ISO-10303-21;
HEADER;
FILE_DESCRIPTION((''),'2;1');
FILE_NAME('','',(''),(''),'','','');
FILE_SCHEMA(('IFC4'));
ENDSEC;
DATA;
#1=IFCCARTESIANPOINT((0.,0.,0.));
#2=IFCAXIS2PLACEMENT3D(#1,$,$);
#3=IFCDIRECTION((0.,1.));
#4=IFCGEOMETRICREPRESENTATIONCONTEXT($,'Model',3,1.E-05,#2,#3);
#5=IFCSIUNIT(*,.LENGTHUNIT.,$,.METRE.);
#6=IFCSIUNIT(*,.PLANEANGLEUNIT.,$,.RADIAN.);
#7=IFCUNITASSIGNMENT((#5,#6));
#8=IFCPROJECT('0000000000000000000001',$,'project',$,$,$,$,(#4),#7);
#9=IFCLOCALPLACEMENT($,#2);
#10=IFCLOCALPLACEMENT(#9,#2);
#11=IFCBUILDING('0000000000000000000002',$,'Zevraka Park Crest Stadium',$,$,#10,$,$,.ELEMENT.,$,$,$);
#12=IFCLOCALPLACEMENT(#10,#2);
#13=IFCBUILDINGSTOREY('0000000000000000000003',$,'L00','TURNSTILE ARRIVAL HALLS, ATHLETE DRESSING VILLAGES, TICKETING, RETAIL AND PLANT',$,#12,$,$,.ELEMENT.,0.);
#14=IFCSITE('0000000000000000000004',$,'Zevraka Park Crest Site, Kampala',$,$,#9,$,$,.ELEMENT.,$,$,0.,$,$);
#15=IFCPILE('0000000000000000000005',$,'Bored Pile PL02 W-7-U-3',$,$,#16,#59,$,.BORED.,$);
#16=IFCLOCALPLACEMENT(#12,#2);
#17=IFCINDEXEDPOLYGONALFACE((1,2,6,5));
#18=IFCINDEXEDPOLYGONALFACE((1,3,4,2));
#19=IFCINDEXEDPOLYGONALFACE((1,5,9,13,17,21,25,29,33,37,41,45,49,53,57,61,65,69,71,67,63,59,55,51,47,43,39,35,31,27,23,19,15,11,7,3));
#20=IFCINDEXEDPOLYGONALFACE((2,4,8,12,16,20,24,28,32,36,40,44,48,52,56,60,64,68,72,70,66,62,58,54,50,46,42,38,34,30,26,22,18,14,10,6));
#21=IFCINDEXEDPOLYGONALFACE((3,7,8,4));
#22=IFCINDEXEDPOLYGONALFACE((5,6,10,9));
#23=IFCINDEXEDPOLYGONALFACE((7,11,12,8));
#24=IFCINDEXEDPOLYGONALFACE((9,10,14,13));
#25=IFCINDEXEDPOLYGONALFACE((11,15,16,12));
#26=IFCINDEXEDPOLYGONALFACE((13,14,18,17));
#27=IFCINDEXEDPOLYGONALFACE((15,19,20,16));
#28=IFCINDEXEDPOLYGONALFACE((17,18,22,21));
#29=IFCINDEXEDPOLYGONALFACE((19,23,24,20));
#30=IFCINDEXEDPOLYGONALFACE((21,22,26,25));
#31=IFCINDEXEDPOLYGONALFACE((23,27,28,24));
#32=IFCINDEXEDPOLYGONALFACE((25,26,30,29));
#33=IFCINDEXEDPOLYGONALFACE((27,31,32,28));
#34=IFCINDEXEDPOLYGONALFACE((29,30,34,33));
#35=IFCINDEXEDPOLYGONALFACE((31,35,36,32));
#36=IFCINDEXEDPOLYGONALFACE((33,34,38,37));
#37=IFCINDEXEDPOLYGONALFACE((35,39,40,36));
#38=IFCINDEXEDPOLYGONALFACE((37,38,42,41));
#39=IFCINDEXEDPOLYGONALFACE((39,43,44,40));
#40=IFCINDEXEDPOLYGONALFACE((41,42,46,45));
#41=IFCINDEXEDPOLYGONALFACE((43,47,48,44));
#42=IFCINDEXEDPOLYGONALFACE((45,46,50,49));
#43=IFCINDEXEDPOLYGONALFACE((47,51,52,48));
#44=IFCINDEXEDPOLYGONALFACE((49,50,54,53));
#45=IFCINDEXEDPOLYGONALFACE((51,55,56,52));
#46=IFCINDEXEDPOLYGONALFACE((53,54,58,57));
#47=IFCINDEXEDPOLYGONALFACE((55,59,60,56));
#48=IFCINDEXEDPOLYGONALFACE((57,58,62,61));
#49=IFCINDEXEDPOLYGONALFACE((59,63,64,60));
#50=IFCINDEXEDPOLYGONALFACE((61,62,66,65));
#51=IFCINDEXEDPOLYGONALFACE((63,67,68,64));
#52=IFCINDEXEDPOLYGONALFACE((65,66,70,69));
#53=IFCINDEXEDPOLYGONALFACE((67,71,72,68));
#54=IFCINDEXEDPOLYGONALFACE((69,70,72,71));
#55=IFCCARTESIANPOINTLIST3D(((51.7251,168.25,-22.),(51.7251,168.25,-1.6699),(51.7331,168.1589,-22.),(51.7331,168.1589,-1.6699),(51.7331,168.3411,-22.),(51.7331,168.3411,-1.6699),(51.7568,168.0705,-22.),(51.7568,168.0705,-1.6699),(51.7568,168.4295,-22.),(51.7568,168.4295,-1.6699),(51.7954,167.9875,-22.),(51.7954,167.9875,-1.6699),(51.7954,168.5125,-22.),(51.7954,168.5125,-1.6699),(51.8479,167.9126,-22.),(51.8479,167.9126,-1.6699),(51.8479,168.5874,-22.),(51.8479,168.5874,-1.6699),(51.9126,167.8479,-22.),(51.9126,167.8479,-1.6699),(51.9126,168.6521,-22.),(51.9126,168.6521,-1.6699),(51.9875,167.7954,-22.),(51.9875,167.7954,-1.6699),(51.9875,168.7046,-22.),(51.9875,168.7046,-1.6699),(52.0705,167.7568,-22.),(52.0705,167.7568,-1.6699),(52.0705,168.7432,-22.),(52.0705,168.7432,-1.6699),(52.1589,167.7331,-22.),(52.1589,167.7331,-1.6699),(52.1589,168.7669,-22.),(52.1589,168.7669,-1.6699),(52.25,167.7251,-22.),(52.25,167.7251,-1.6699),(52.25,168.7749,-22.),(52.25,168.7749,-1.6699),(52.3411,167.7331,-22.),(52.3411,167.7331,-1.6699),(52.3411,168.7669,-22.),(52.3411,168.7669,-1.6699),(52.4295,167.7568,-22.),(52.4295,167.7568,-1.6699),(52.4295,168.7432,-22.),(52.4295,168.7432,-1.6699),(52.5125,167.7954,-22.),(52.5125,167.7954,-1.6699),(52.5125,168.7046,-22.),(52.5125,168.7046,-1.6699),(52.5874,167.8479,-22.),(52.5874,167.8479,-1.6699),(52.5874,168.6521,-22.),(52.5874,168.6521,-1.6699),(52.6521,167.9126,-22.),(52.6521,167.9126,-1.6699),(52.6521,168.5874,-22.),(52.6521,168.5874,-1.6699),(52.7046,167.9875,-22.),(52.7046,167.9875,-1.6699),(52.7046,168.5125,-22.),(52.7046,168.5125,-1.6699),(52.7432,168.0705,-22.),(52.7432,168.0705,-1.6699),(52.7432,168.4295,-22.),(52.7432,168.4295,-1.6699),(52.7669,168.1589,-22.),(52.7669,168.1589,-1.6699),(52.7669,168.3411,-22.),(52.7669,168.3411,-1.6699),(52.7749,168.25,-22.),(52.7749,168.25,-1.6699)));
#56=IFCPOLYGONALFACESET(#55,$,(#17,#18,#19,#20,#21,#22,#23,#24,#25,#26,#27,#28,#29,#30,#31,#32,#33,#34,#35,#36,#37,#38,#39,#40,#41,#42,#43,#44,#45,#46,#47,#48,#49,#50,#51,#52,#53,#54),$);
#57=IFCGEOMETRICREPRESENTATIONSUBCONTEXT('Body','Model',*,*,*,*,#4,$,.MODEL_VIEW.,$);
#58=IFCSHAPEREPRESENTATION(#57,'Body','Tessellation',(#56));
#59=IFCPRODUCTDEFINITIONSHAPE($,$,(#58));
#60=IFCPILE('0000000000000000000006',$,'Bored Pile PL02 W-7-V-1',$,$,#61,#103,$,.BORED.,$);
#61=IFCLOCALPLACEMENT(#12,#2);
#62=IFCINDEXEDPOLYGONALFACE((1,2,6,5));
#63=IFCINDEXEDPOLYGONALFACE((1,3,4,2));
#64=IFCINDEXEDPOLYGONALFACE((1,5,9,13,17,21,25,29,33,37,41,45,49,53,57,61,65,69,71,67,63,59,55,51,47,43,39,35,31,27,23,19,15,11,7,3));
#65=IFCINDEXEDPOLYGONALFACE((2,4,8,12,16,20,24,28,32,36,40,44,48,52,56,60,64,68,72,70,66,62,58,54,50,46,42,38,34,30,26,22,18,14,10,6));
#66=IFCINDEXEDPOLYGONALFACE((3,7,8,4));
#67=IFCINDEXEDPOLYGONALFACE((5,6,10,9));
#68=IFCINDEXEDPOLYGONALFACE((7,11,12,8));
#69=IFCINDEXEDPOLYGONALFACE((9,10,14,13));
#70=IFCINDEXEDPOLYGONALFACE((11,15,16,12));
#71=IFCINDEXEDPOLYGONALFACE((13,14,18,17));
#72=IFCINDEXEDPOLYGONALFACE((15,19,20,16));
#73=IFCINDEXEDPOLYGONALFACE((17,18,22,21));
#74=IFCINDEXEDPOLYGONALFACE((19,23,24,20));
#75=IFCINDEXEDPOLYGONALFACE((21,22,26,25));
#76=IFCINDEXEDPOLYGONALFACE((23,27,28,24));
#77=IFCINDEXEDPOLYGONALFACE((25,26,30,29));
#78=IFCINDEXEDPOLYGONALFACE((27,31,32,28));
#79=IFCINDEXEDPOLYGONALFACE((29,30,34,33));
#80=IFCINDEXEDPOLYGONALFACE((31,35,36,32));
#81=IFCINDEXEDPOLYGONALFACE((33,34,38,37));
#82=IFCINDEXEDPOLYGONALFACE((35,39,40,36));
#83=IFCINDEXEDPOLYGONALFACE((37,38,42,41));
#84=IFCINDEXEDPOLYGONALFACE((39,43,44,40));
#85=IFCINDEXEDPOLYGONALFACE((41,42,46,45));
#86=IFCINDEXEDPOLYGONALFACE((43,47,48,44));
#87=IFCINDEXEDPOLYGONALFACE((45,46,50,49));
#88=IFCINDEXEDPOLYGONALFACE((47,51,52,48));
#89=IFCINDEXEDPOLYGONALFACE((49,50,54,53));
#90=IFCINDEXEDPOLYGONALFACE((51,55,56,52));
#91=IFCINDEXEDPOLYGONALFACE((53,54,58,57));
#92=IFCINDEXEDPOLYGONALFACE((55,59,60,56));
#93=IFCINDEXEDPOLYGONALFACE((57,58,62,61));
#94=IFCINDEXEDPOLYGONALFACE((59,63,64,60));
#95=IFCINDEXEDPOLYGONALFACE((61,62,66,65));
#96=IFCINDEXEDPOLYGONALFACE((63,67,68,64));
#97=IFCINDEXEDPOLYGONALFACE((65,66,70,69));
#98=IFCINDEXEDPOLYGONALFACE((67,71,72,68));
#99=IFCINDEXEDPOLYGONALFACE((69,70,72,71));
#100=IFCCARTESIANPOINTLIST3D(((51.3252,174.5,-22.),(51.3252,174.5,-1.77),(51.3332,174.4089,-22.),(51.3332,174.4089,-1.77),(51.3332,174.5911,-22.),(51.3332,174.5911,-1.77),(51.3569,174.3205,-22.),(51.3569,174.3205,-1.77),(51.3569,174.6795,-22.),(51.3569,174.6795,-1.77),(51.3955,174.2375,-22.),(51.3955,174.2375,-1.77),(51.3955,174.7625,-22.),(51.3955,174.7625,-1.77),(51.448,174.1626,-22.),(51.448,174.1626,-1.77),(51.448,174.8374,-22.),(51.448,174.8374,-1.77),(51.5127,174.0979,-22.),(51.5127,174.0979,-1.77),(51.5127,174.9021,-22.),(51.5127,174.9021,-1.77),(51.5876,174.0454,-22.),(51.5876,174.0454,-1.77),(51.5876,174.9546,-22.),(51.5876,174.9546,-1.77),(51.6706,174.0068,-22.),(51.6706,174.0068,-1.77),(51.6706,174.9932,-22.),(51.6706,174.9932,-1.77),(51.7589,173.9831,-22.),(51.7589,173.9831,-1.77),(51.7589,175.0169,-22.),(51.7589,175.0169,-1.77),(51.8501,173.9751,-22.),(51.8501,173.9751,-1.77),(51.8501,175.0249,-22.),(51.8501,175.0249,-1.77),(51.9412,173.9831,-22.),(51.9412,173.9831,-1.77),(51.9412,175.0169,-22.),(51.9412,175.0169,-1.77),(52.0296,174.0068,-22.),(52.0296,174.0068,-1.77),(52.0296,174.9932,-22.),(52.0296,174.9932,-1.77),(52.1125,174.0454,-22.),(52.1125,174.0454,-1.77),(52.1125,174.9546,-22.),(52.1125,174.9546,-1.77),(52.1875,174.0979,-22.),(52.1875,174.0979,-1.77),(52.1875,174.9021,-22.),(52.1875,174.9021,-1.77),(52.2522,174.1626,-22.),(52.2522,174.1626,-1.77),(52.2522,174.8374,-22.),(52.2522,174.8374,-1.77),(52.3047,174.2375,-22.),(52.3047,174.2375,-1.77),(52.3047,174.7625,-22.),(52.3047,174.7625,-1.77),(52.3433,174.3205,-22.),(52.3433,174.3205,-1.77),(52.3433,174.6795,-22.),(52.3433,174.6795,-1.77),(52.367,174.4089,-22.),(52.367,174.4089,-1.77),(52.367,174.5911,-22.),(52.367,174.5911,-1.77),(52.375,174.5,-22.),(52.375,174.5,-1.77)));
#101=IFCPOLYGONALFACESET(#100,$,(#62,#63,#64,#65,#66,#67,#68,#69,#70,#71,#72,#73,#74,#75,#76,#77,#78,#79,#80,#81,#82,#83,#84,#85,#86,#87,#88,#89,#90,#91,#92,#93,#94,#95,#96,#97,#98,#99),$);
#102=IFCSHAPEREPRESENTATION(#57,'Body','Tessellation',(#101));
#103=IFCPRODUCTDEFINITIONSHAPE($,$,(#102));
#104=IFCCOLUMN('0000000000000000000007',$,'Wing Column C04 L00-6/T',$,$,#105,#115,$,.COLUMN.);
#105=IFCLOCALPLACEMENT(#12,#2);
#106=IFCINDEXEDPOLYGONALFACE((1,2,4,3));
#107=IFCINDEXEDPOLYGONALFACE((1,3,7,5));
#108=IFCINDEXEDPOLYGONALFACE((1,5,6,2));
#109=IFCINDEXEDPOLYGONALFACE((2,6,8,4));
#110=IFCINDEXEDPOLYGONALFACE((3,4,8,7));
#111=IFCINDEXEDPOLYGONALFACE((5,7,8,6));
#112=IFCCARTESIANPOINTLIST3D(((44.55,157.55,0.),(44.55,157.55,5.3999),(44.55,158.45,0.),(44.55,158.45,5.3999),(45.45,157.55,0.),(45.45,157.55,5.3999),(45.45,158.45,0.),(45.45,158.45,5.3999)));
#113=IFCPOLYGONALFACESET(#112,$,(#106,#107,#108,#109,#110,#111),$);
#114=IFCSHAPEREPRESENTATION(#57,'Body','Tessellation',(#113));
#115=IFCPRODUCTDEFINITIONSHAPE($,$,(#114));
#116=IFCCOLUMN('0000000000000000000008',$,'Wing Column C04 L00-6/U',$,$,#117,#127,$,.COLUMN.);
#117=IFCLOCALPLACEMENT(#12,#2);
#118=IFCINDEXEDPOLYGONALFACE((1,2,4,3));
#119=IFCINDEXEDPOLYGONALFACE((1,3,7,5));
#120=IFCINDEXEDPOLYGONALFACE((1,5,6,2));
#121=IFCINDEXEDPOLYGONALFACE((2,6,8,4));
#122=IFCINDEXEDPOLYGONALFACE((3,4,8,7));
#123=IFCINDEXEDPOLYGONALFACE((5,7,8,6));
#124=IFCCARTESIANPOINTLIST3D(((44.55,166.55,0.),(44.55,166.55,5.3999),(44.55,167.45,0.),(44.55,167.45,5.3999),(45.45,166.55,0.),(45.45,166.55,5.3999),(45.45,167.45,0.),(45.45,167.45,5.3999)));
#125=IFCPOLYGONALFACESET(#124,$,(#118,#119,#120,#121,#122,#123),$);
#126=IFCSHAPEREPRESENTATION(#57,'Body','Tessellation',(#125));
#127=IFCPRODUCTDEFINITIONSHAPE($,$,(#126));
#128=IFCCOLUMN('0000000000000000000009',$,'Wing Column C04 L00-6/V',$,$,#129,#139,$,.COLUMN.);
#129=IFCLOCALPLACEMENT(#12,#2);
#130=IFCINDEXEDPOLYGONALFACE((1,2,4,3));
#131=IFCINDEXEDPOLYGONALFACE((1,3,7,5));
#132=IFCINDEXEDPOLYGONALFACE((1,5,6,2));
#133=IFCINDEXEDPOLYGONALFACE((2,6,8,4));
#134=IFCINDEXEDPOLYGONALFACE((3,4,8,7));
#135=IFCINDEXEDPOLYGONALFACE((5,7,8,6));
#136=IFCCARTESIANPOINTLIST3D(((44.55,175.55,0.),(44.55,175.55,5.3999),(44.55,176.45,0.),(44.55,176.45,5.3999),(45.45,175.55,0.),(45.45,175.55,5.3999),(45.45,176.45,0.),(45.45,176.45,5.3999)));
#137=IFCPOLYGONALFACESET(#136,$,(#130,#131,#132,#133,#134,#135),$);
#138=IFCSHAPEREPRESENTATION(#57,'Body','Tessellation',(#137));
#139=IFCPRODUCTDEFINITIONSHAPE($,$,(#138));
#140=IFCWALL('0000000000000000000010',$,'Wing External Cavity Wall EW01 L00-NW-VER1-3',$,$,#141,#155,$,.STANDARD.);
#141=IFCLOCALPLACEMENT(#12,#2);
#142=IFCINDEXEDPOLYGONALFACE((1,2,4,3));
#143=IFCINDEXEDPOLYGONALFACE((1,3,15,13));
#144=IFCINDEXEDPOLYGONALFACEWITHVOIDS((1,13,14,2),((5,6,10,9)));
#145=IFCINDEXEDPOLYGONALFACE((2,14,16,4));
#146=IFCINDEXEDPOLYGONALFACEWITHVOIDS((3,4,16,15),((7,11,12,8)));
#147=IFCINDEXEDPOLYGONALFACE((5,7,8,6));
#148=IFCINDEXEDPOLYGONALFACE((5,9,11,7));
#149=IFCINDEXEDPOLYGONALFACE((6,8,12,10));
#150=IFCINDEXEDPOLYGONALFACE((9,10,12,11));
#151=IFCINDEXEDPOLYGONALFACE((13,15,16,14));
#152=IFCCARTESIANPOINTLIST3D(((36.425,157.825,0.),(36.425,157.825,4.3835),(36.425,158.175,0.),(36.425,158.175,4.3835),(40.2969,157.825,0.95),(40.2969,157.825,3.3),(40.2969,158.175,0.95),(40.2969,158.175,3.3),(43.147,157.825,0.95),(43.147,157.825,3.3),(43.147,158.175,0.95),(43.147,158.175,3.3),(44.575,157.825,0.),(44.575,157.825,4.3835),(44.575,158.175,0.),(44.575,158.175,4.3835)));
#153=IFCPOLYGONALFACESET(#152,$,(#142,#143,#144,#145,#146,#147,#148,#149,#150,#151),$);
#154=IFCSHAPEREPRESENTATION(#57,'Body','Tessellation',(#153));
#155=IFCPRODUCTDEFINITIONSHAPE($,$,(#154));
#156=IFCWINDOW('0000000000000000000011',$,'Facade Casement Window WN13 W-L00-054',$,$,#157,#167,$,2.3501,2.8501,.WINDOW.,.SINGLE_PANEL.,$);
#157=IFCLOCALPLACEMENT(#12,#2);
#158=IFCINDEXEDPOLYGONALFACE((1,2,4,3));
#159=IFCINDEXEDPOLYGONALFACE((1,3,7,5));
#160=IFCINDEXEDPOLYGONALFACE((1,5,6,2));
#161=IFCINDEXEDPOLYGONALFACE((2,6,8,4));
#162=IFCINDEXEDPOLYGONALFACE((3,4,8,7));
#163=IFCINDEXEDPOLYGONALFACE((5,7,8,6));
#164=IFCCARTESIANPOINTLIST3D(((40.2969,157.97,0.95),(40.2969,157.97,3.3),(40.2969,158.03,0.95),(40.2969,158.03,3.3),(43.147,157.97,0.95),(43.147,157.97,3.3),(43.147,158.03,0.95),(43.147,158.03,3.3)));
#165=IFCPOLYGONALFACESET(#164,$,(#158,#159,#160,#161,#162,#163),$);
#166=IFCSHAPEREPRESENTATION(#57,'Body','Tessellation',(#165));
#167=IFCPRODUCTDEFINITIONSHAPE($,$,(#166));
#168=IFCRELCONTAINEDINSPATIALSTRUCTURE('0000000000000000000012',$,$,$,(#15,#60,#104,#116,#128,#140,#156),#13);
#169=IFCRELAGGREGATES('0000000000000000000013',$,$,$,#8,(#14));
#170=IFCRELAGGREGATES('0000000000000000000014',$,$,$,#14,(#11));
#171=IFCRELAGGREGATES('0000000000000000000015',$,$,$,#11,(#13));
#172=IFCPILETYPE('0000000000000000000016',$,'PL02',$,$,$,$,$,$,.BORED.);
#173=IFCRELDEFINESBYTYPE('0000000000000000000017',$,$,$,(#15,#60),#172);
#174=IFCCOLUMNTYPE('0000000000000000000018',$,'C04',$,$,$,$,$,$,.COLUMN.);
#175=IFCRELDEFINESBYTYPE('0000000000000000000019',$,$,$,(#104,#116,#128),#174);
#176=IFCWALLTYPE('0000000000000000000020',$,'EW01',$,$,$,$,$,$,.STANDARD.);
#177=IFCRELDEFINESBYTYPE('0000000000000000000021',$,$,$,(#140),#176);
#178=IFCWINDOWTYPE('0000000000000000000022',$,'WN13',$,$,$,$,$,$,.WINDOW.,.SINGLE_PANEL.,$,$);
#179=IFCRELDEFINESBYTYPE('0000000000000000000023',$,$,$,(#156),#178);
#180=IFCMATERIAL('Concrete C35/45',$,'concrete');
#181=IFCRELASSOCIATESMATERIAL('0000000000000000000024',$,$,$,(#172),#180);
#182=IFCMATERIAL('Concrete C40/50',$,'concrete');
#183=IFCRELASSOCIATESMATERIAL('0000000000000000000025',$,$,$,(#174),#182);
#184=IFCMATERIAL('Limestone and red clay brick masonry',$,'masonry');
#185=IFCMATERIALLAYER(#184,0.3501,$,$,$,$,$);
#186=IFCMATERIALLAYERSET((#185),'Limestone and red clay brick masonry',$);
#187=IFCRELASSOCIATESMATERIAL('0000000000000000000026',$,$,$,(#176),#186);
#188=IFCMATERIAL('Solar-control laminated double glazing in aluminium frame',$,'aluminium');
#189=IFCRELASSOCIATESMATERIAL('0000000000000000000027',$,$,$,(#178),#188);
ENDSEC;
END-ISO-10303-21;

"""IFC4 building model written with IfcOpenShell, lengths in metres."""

from ifc_helpers import new_model, si_unit, direction, frame, frame_2d, origin, origin_2d, place, context, subcontext, project, spatial, rectangle, circle, extrude, material, layer, layer_set, material_profile, profile_set, type_object, element, fill, save


model = new_model("IFC4")

# Units and contexts
model_context = context("Model", 3, precision=1e-05, world=origin(), true_north=direction((0.0, 1.0)))
body_context = subcontext(model_context, "Body", "Model", "MODEL_VIEW")
ifc_project = project(units=[si_unit("LENGTHUNIT", "METRE"), si_unit("PLANEANGLEUNIT", "RADIAN")], contexts=[model_context])

# Site, building, storey
site_placement = place(None, origin())
site = spatial("IfcSite", under=ifc_project, at=site_placement, Name="Zevraka Park Crest Site, Kampala", CompositionType="ELEMENT", RefElevation=0.0)
building_placement = place(site_placement, origin())
building = spatial("IfcBuilding", under=site, at=building_placement, Name="Zevraka Park Crest Stadium", CompositionType="ELEMENT")
storey_placement = place(building_placement, origin())
storey = spatial("IfcBuildingStorey", under=building, at=storey_placement, Name="L00", Description="TURNSTILE ARRIVAL HALLS, ATHLETE DRESSING VILLAGES, TICKETING, RETAIL AND PLANT", CompositionType="ELEMENT", Elevation=0.0)

# Piles
ifc_material_1 = material(Name="Concrete C35/45", Category="concrete")
ifc_material_profile_1 = material_profile(ifc_material_1, circle(Radius=0.5249, at=origin_2d()), Name="PILE D1050")
ifc_profile_set_1 = profile_set([ifc_material_profile_1], Name="Concrete C35/45")
pile_type_1 = type_object("IfcPileType", Name="PL02", PredefinedType="BORED", material=ifc_profile_set_1)
for number, where, z_axis, x_axis, name in (
    (1, (52.25, 168.25, -1.6699), (0.0, 0.0, -1.0), (1.0, 0.0, 0.0), "Bored Pile PL02 W-7-U-3"),
):
    element("IfcPile", number, at=place(storey_placement, frame(where, z_axis=z_axis, x_axis=x_axis)), inside=storey, type_object=pile_type_1, Name=name, PredefinedType="BORED", context=body_context, shape_type="SweptSolid", body=[
        extrude(circle(Radius=0.5249, at=origin_2d()), origin(), (0.0, 0.0, 1.0), 20.3301),
    ])
pile_1_placement = place(storey_placement, frame((51.8501, 174.5, -1.77), z_axis=(0.0, 0.0, -1.0), x_axis=(1.0, 0.0, 0.0)))
element("IfcPile", 2, at=pile_1_placement, inside=storey, type_object=pile_type_1, Name="Bored Pile PL02 W-7-V-1", PredefinedType="BORED", context=body_context, shape_type="SweptSolid", body=[
    extrude(circle(Radius=0.5249, at=origin_2d()), origin(), (0.0, 0.0, 1.0), 20.23),
])

# Columns
ifc_material_2 = material(Name="Concrete C40/50", Category="concrete")
ifc_material_profile_2 = material_profile(ifc_material_2, rectangle(XDim=0.8999, YDim=0.8999, at=origin_2d()), Name="RC 900x900")
ifc_profile_set_2 = profile_set([ifc_material_profile_2], Name="Concrete C40/50")
column_type = type_object("IfcColumnType", Name="C04", PredefinedType="COLUMN", material=ifc_profile_set_2)
for number, where, z_axis, x_axis, name in (
    (3, (45.0, 158.0, 0.0), (0.0, 0.0, 1.0), (1.0, 0.0, 0.0), "Wing Column C04 L00-6/T"),
    (4, (45.0, 167.0, 0.0), (0.0, 0.0, 1.0), (1.0, 0.0, 0.0), "Wing Column C04 L00-6/U"),
    (5, (45.0, 176.0, 0.0), (0.0, 0.0, 1.0), (1.0, 0.0, 0.0), "Wing Column C04 L00-6/V"),
):
    element("IfcColumn", number, at=place(storey_placement, frame(where, z_axis=z_axis, x_axis=x_axis)), inside=storey, type_object=column_type, Name=name, PredefinedType="COLUMN", context=body_context, shape_type="SweptSolid", body=[
        extrude(rectangle(XDim=0.8999, YDim=0.8999, at=origin_2d()), origin(), (0.0, 0.0, 1.0), 5.3999),
    ])

# Wall, opening, window
ifc_material_3 = material(Name="Limestone and red clay brick masonry", Category="masonry")
ifc_layer_1 = layer(ifc_material_3, 0.3501)
ifc_layer_set_1 = layer_set([ifc_layer_1], Name="Limestone and red clay brick masonry")
wall_type_1 = type_object("IfcWallType", Name="EW01", PredefinedType="STANDARD", material=ifc_layer_set_1)
wall_1_placement = place(storey_placement, frame((44.575, 158.0, 0.0), z_axis=(0.0, 0.0, 1.0), x_axis=(-1.0, 0.0, 0.0)))
wall_1 = element("IfcWall", 6, at=wall_1_placement, inside=storey, type_object=wall_type_1, Name="Wing External Cavity Wall EW01 L00-NW-VER1-3", PredefinedType="STANDARD", context=body_context, shape_type="SweptSolid", body=[
    extrude(rectangle(XDim=8.1499, YDim=0.3501, at=frame_2d((4.075, 0.0))), origin(), (0.0, 0.0, 1.0), 4.3835),
])
opening_1_placement = place(wall_1_placement, frame((1.428, 0.0, 0.95)))
opening_1 = element("IfcOpeningElement", 7, at=opening_1_placement, cuts=wall_1, PredefinedType="OPENING", context=body_context, shape_type="SweptSolid", body=[
    extrude(rectangle(XDim=2.8501, YDim=2.3501, at=frame_2d((1.425, 1.175))), frame((0.0, 0.1851, 0.0), z_axis=(0.0, -1.0, 0.0), x_axis=(1.0, 0.0, 0.0)), (0.0, 0.0, 1.0), 0.3701),
])
ifc_material_4 = material(Name="Solar-control laminated double glazing in aluminium frame", Category="aluminium")
window_type = type_object("IfcWindowType", Name="WN13", PartitioningType="SINGLE_PANEL", PredefinedType="WINDOW", material=ifc_material_4)
window_placement = place(opening_1_placement, origin())
window = element("IfcWindow", 8, at=window_placement, inside=storey, type_object=window_type, Name="Facade Casement Window WN13 W-L00-054", OverallHeight=2.3501, OverallWidth=2.8501, PartitioningType="SINGLE_PANEL", PredefinedType="WINDOW", context=body_context, shape_type="SweptSolid", body=[
    extrude(rectangle(XDim=2.8501, YDim=2.3501, at=frame_2d((1.425, 1.175))), frame((0.0, 0.03, 0.0), z_axis=(0.0, -1.0, 0.0), x_axis=(1.0, 0.0, 0.0)), (0.0, 0.0, 1.0), 0.0601),
])
fill(opening_1, window)

save(model, "model.ifc")
